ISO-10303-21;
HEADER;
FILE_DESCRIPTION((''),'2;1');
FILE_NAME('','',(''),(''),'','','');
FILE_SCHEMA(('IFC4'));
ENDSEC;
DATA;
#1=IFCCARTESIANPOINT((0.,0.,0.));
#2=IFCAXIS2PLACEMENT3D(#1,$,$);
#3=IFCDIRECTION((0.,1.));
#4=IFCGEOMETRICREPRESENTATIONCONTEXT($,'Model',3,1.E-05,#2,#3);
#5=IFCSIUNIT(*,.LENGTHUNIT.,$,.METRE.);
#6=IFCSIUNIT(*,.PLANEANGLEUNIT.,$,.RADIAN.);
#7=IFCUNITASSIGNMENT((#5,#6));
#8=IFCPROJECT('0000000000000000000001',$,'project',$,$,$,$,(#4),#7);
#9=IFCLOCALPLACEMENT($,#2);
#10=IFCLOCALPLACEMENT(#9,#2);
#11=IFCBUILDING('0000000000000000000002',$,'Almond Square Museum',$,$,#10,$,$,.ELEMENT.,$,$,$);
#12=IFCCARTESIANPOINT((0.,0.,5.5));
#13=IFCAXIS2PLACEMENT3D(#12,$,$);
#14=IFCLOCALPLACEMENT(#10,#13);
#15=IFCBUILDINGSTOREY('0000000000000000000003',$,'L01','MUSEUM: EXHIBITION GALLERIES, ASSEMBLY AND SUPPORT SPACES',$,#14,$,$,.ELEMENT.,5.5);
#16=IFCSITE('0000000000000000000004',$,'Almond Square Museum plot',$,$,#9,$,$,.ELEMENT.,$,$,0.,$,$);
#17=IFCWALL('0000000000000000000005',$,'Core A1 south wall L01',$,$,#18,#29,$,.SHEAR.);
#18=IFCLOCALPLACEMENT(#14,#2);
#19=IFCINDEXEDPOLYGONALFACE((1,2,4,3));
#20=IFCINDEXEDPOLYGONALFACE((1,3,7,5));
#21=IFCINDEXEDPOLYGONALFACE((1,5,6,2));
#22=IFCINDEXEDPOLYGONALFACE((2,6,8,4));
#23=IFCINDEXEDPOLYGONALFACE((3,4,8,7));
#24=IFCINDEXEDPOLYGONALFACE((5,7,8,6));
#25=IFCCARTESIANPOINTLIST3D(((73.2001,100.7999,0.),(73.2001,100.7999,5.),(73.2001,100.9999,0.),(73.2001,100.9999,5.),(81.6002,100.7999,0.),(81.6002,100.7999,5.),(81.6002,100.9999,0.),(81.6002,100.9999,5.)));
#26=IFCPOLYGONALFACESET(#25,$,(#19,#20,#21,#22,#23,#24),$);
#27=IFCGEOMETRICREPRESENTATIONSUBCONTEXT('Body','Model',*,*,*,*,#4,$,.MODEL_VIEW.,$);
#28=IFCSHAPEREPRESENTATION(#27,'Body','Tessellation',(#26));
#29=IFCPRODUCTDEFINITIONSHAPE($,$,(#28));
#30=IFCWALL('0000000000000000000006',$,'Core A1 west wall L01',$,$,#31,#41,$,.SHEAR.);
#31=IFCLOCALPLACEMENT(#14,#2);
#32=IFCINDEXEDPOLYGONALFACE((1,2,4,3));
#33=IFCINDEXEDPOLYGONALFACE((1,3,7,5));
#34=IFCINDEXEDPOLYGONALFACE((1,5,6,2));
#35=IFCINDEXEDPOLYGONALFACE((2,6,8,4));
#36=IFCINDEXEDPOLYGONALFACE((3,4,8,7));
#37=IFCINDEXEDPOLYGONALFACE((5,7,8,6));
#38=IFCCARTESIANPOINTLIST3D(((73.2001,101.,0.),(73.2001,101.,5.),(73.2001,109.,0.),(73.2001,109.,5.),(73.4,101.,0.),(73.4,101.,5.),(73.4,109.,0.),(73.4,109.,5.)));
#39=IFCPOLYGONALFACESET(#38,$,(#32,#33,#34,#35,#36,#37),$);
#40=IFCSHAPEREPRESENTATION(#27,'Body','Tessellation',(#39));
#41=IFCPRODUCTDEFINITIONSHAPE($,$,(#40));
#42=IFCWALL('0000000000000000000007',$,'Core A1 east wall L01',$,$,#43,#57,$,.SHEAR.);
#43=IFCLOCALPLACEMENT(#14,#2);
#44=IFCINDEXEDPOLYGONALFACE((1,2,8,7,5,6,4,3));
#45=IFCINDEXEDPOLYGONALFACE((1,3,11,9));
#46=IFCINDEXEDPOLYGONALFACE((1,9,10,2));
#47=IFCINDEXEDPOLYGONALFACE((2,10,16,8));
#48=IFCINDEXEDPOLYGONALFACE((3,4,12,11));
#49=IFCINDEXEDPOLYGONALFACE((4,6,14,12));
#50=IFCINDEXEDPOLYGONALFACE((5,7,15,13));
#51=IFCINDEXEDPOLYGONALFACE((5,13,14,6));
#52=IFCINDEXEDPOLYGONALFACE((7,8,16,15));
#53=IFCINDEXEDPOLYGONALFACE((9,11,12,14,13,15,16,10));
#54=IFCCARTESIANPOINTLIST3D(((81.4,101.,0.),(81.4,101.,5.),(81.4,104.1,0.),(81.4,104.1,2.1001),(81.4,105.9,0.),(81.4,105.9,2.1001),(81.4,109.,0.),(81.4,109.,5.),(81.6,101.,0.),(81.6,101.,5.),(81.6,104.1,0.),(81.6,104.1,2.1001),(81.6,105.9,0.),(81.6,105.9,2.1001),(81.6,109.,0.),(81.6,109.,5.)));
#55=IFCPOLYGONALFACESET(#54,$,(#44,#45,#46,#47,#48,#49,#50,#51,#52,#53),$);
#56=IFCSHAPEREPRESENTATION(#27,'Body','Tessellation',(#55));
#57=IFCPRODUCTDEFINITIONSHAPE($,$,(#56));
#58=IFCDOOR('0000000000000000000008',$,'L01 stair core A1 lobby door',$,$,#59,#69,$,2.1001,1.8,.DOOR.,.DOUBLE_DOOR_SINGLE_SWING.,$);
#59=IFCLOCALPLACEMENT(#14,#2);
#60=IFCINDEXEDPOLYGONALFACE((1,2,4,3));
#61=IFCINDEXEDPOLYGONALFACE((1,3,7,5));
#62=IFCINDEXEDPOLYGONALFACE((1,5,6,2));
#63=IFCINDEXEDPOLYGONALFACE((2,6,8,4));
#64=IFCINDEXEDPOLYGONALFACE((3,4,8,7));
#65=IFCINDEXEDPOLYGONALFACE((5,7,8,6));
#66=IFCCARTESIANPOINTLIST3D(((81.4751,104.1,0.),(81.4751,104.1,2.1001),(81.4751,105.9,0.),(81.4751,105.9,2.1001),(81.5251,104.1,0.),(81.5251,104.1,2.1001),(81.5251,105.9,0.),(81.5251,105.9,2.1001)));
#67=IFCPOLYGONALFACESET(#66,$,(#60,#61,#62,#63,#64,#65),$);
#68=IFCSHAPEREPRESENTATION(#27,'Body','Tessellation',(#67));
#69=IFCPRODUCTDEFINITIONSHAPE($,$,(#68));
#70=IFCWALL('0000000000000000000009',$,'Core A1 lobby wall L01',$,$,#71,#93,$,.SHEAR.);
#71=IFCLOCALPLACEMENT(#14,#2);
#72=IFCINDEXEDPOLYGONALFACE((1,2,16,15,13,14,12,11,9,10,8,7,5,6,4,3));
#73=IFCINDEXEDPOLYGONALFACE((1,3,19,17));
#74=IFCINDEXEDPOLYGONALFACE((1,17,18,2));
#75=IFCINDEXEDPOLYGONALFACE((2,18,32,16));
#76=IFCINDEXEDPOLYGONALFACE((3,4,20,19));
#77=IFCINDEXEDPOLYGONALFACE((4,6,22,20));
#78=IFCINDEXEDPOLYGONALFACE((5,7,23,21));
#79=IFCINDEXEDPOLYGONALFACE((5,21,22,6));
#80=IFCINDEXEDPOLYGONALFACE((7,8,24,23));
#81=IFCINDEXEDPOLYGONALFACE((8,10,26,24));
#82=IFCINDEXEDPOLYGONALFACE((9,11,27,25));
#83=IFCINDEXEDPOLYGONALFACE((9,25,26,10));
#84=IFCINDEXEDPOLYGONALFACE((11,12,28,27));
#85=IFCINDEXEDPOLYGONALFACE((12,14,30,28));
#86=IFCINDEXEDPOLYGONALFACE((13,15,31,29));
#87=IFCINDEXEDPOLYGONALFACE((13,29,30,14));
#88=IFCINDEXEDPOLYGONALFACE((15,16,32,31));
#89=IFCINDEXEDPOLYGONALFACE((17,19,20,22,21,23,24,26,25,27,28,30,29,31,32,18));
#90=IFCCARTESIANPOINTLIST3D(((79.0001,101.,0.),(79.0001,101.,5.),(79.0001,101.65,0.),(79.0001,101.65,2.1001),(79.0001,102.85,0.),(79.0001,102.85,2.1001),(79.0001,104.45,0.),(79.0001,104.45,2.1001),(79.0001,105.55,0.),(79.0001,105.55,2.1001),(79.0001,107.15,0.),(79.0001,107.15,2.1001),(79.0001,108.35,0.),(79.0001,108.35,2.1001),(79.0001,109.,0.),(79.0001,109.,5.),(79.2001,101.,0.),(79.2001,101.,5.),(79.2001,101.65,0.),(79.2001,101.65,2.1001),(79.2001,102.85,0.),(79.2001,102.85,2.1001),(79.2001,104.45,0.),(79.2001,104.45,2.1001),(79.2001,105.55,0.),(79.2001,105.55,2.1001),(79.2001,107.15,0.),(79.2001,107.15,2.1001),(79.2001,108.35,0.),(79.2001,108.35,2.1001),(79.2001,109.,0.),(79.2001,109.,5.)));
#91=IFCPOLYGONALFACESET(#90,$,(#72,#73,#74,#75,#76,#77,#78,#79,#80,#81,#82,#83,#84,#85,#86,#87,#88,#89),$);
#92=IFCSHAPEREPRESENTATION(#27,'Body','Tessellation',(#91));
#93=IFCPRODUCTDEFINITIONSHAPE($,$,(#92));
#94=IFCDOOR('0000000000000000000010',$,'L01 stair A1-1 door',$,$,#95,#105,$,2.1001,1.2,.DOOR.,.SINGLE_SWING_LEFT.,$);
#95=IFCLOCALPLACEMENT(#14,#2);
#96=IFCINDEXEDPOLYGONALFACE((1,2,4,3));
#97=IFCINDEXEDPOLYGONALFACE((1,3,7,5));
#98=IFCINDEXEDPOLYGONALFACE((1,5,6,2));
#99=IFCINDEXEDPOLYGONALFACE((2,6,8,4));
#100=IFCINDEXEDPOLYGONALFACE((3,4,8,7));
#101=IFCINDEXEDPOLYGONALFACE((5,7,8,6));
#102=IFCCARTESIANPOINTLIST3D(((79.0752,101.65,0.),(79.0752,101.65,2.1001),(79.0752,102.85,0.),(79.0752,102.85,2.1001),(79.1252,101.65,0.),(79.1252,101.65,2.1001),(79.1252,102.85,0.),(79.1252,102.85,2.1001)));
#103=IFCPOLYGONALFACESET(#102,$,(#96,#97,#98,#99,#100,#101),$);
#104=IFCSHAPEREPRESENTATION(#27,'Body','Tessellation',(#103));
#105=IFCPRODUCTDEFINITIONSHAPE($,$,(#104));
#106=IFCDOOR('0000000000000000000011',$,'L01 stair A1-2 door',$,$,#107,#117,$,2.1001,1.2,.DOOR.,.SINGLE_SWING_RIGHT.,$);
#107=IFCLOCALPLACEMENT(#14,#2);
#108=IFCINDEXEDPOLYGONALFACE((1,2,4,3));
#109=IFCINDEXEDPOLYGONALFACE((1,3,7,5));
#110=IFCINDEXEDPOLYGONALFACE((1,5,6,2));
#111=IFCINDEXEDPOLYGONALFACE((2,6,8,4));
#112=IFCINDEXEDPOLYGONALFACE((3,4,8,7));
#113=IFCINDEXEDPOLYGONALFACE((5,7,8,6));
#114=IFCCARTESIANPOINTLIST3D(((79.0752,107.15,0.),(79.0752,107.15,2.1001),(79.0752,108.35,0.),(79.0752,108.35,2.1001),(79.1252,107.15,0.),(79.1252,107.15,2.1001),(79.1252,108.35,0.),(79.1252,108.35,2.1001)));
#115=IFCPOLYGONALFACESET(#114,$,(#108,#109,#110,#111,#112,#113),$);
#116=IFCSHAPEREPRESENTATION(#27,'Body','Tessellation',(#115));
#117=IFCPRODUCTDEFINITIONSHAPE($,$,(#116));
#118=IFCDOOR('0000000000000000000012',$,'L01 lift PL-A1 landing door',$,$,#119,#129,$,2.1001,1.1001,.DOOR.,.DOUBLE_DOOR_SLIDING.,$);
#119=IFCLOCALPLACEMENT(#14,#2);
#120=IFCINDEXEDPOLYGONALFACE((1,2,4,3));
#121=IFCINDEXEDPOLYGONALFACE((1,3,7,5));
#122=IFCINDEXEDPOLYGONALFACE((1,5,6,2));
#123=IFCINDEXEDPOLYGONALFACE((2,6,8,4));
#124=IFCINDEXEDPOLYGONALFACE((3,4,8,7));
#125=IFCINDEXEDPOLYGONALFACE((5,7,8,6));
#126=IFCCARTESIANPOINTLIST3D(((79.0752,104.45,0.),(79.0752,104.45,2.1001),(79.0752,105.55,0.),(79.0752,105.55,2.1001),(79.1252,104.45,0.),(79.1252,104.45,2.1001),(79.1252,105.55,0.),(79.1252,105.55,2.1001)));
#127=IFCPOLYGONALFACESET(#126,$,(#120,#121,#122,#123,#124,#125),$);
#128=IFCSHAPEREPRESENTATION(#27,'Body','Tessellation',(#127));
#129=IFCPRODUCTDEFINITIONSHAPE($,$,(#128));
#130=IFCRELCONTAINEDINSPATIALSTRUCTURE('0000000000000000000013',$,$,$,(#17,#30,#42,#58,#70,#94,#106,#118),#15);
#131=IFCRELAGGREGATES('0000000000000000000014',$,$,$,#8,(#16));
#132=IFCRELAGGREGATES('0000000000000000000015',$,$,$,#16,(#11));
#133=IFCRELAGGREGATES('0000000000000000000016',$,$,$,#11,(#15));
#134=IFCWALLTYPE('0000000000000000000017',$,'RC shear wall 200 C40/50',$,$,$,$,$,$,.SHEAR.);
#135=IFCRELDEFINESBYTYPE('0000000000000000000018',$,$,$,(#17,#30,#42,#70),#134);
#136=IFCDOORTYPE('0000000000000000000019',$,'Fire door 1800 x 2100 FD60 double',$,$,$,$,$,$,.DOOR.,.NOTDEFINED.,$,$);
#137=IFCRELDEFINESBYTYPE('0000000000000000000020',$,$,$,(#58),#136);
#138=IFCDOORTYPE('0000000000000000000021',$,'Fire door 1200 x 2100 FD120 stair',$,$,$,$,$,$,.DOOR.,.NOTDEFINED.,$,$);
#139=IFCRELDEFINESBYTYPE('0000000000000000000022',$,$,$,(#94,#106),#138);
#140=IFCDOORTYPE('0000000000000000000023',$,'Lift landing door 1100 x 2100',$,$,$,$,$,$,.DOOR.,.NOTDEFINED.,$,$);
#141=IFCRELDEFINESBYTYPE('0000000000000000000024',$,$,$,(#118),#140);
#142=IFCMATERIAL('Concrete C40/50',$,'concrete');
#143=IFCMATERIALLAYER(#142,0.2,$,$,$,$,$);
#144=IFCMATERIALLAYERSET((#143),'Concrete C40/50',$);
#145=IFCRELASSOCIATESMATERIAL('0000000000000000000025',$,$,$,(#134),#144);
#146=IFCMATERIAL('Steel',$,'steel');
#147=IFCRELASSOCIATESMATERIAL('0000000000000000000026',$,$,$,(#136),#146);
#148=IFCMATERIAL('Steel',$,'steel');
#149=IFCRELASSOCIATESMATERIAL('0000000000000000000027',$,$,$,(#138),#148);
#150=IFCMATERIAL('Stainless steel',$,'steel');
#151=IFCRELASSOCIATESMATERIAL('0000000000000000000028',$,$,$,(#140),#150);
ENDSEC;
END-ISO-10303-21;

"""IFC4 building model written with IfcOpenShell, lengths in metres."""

from ifc_helpers import new_model, si_unit, direction, frame, frame_2d, origin, place, context, subcontext, project, spatial, rectangle, extrude, material, layer, layer_set, type_object, element, fill, save


model = new_model("IFC4")

# Units and contexts
model_context = context("Model", 3, precision=1e-05, world=origin(), true_north=direction((0.0, 1.0)))
body_context = subcontext(model_context, "Body", "Model", "MODEL_VIEW")
ifc_project = project(units=[si_unit("LENGTHUNIT", "METRE"), si_unit("PLANEANGLEUNIT", "RADIAN")], contexts=[model_context])

# Site, building, storey
site_placement = place(None, origin())
site = spatial("IfcSite", under=ifc_project, at=site_placement, Name="Almond Square Museum plot", CompositionType="ELEMENT", RefElevation=0.0)
building_placement = place(site_placement, origin())
building = spatial("IfcBuilding", under=site, at=building_placement, Name="Almond Square Museum", CompositionType="ELEMENT")
storey_placement = place(building_placement, frame((0.0, 0.0, 5.5)))
storey = spatial("IfcBuildingStorey", under=building, at=storey_placement, Name="L01", Description="MUSEUM: EXHIBITION GALLERIES, ASSEMBLY AND SUPPORT SPACES", CompositionType="ELEMENT", Elevation=5.5)

# Walls
ifc_material_1 = material(Name="Concrete C40/50", Category="concrete")
ifc_layer = layer(ifc_material_1, 0.2)
ifc_layer_set = layer_set([ifc_layer], Name="Concrete C40/50")
wall_type = type_object("IfcWallType", Name="RC shear wall 200 C40/50", PredefinedType="SHEAR", material=ifc_layer_set)
wall_1_placement = place(storey_placement, frame((73.2, 100.8999, 0.0), z_axis=(0.0, 0.0, 1.0), x_axis=(1.0, 0.0, 0.0)))
element("IfcWall", 1, at=wall_1_placement, inside=storey, type_object=wall_type, Name="Core A1 south wall L01", PredefinedType="SHEAR", context=body_context, shape_type="SweptSolid", body=[
    extrude(rectangle(XDim=8.4001, YDim=0.2, at=frame_2d((4.2002, 0.0))), origin(), (0.0, 0.0, 1.0), 5.0),
])
wall_2_placement = place(storey_placement, frame((73.3, 101.0, 0.0), z_axis=(0.0, 0.0, 1.0), x_axis=(0.0, 1.0, 0.0)))
element("IfcWall", 2, at=wall_2_placement, inside=storey, type_object=wall_type, Name="Core A1 west wall L01", PredefinedType="SHEAR", context=body_context, shape_type="SweptSolid", body=[
    extrude(rectangle(XDim=8.0, YDim=0.2, at=frame_2d((4.0, 0.0))), origin(), (0.0, 0.0, 1.0), 5.0),
])

# Wall, opening, door
wall_3_placement = place(storey_placement, frame((81.5, 101.0, 0.0), z_axis=(0.0, 0.0, 1.0), x_axis=(0.0, 1.0, 0.0)))
wall_3 = element("IfcWall", 3, at=wall_3_placement, inside=storey, type_object=wall_type, Name="Core A1 east wall L01", PredefinedType="SHEAR", context=body_context, shape_type="SweptSolid", body=[
    extrude(rectangle(XDim=8.0, YDim=0.2, at=frame_2d((4.0, 0.0))), origin(), (0.0, 0.0, 1.0), 5.0),
])
opening_1_placement = place(wall_3_placement, frame((3.1001, 0.0, 0.0)))
opening_1 = element("IfcOpeningElement", 4, at=opening_1_placement, cuts=wall_3, PredefinedType="OPENING", context=body_context, shape_type="SweptSolid", body=[
    extrude(rectangle(XDim=1.8, YDim=2.1001, at=frame_2d((0.8999, 1.05))), frame((0.0, 0.1099, 0.0), z_axis=(0.0, -1.0, 0.0), x_axis=(1.0, 0.0, 0.0)), (0.0, 0.0, 1.0), 0.22),
])
ifc_material_2 = material(Name="Steel", Category="steel")
door_type_1 = type_object("IfcDoorType", Name="Fire door 1800 x 2100 FD60 double", OperationType="NOTDEFINED", PredefinedType="DOOR", material=ifc_material_2)
door_1_placement = place(opening_1_placement, origin())
door_1 = element("IfcDoor", 5, at=door_1_placement, inside=storey, type_object=door_type_1, Name="L01 stair core A1 lobby door", OperationType="DOUBLE_DOOR_SINGLE_SWING", OverallHeight=2.1001, OverallWidth=1.8, PredefinedType="DOOR", context=body_context, shape_type="SweptSolid", body=[
    extrude(rectangle(XDim=1.8, YDim=2.1001, at=frame_2d((0.8999, 1.05))), frame((0.0, 0.0249, 0.0), z_axis=(0.0, -1.0, 0.0), x_axis=(1.0, 0.0, 0.0)), (0.0, 0.0, 1.0), 0.05),
])
fill(opening_1, door_1)

# Wall, openings, doors
wall_4_placement = place(storey_placement, frame((79.1001, 101.0, 0.0), z_axis=(0.0, 0.0, 1.0), x_axis=(0.0, 1.0, 0.0)))
wall_4 = element("IfcWall", 6, at=wall_4_placement, inside=storey, type_object=wall_type, Name="Core A1 lobby wall L01", PredefinedType="SHEAR", context=body_context, shape_type="SweptSolid", body=[
    extrude(rectangle(XDim=8.0, YDim=0.2, at=frame_2d((4.0, 0.0))), origin(), (0.0, 0.0, 1.0), 5.0),
])
opening_2_placement = place(wall_4_placement, frame((0.6499, 0.0, 0.0)))
opening_2 = element("IfcOpeningElement", 7, at=opening_2_placement, cuts=wall_4, PredefinedType="OPENING", context=body_context, shape_type="SweptSolid", body=[
    extrude(rectangle(XDim=1.2, YDim=2.1001, at=frame_2d((0.6001, 1.05))), frame((0.0, 0.1099, 0.0), z_axis=(0.0, -1.0, 0.0), x_axis=(1.0, 0.0, 0.0)), (0.0, 0.0, 1.0), 0.22),
])
opening_3_placement = place(wall_4_placement, frame((6.1499, 0.0, 0.0)))
opening_3 = element("IfcOpeningElement", 8, at=opening_3_placement, cuts=wall_4, PredefinedType="OPENING", context=body_context, shape_type="SweptSolid", body=[
    extrude(rectangle(XDim=1.2, YDim=2.1001, at=frame_2d((0.6001, 1.05))), frame((0.0, 0.1099, 0.0), z_axis=(0.0, -1.0, 0.0), x_axis=(1.0, 0.0, 0.0)), (0.0, 0.0, 1.0), 0.22),
])
opening_4_placement = place(wall_4_placement, frame((3.45, 0.0, 0.0)))
opening_4 = element("IfcOpeningElement", 9, at=opening_4_placement, cuts=wall_4, PredefinedType="OPENING", context=body_context, shape_type="SweptSolid", body=[
    extrude(rectangle(XDim=1.1001, YDim=2.1001, at=frame_2d((0.55, 1.05))), frame((0.0, 0.1099, 0.0), z_axis=(0.0, -1.0, 0.0), x_axis=(1.0, 0.0, 0.0)), (0.0, 0.0, 1.0), 0.22),
])
ifc_material_3 = material(Name="Steel", Category="steel")
door_type_2 = type_object("IfcDoorType", Name="Fire door 1200 x 2100 FD120 stair", OperationType="NOTDEFINED", PredefinedType="DOOR", material=ifc_material_3)
door_2_placement = place(opening_2_placement, origin())
door_2 = element("IfcDoor", 10, at=door_2_placement, inside=storey, type_object=door_type_2, Name="L01 stair A1-1 door", OperationType="SINGLE_SWING_LEFT", OverallHeight=2.1001, OverallWidth=1.2, PredefinedType="DOOR", context=body_context, shape_type="SweptSolid", body=[
    extrude(rectangle(XDim=1.2, YDim=2.1001, at=frame_2d((0.6001, 1.05))), frame((0.0, 0.0249, 0.0), z_axis=(0.0, -1.0, 0.0), x_axis=(1.0, 0.0, 0.0)), (0.0, 0.0, 1.0), 0.05),
])
fill(opening_2, door_2)
door_3_placement = place(opening_3_placement, origin())
door_3 = element("IfcDoor", 11, at=door_3_placement, inside=storey, type_object=door_type_2, Name="L01 stair A1-2 door", OperationType="SINGLE_SWING_RIGHT", OverallHeight=2.1001, OverallWidth=1.2, PredefinedType="DOOR", context=body_context, shape_type="SweptSolid", body=[
    extrude(rectangle(XDim=1.2, YDim=2.1001, at=frame_2d((0.6001, 1.05))), frame((0.0, 0.0249, 0.0), z_axis=(0.0, -1.0, 0.0), x_axis=(1.0, 0.0, 0.0)), (0.0, 0.0, 1.0), 0.05),
])
fill(opening_3, door_3)
ifc_material_4 = material(Name="Stainless steel", Category="steel")
door_type_3 = type_object("IfcDoorType", Name="Lift landing door 1100 x 2100", OperationType="NOTDEFINED", PredefinedType="DOOR", material=ifc_material_4)
door_4_placement = place(opening_4_placement, origin())
door_4 = element("IfcDoor", 12, at=door_4_placement, inside=storey, type_object=door_type_3, Name="L01 lift PL-A1 landing door", OperationType="DOUBLE_DOOR_SLIDING", OverallHeight=2.1001, OverallWidth=1.1001, PredefinedType="DOOR", context=body_context, shape_type="SweptSolid", body=[
    extrude(rectangle(XDim=1.1001, YDim=2.1001, at=frame_2d((0.55, 1.05))), frame((0.0, 0.0249, 0.0), z_axis=(0.0, -1.0, 0.0), x_axis=(1.0, 0.0, 0.0)), (0.0, 0.0, 1.0), 0.05),
])
fill(opening_4, door_4)

save(model, "model.ifc")
